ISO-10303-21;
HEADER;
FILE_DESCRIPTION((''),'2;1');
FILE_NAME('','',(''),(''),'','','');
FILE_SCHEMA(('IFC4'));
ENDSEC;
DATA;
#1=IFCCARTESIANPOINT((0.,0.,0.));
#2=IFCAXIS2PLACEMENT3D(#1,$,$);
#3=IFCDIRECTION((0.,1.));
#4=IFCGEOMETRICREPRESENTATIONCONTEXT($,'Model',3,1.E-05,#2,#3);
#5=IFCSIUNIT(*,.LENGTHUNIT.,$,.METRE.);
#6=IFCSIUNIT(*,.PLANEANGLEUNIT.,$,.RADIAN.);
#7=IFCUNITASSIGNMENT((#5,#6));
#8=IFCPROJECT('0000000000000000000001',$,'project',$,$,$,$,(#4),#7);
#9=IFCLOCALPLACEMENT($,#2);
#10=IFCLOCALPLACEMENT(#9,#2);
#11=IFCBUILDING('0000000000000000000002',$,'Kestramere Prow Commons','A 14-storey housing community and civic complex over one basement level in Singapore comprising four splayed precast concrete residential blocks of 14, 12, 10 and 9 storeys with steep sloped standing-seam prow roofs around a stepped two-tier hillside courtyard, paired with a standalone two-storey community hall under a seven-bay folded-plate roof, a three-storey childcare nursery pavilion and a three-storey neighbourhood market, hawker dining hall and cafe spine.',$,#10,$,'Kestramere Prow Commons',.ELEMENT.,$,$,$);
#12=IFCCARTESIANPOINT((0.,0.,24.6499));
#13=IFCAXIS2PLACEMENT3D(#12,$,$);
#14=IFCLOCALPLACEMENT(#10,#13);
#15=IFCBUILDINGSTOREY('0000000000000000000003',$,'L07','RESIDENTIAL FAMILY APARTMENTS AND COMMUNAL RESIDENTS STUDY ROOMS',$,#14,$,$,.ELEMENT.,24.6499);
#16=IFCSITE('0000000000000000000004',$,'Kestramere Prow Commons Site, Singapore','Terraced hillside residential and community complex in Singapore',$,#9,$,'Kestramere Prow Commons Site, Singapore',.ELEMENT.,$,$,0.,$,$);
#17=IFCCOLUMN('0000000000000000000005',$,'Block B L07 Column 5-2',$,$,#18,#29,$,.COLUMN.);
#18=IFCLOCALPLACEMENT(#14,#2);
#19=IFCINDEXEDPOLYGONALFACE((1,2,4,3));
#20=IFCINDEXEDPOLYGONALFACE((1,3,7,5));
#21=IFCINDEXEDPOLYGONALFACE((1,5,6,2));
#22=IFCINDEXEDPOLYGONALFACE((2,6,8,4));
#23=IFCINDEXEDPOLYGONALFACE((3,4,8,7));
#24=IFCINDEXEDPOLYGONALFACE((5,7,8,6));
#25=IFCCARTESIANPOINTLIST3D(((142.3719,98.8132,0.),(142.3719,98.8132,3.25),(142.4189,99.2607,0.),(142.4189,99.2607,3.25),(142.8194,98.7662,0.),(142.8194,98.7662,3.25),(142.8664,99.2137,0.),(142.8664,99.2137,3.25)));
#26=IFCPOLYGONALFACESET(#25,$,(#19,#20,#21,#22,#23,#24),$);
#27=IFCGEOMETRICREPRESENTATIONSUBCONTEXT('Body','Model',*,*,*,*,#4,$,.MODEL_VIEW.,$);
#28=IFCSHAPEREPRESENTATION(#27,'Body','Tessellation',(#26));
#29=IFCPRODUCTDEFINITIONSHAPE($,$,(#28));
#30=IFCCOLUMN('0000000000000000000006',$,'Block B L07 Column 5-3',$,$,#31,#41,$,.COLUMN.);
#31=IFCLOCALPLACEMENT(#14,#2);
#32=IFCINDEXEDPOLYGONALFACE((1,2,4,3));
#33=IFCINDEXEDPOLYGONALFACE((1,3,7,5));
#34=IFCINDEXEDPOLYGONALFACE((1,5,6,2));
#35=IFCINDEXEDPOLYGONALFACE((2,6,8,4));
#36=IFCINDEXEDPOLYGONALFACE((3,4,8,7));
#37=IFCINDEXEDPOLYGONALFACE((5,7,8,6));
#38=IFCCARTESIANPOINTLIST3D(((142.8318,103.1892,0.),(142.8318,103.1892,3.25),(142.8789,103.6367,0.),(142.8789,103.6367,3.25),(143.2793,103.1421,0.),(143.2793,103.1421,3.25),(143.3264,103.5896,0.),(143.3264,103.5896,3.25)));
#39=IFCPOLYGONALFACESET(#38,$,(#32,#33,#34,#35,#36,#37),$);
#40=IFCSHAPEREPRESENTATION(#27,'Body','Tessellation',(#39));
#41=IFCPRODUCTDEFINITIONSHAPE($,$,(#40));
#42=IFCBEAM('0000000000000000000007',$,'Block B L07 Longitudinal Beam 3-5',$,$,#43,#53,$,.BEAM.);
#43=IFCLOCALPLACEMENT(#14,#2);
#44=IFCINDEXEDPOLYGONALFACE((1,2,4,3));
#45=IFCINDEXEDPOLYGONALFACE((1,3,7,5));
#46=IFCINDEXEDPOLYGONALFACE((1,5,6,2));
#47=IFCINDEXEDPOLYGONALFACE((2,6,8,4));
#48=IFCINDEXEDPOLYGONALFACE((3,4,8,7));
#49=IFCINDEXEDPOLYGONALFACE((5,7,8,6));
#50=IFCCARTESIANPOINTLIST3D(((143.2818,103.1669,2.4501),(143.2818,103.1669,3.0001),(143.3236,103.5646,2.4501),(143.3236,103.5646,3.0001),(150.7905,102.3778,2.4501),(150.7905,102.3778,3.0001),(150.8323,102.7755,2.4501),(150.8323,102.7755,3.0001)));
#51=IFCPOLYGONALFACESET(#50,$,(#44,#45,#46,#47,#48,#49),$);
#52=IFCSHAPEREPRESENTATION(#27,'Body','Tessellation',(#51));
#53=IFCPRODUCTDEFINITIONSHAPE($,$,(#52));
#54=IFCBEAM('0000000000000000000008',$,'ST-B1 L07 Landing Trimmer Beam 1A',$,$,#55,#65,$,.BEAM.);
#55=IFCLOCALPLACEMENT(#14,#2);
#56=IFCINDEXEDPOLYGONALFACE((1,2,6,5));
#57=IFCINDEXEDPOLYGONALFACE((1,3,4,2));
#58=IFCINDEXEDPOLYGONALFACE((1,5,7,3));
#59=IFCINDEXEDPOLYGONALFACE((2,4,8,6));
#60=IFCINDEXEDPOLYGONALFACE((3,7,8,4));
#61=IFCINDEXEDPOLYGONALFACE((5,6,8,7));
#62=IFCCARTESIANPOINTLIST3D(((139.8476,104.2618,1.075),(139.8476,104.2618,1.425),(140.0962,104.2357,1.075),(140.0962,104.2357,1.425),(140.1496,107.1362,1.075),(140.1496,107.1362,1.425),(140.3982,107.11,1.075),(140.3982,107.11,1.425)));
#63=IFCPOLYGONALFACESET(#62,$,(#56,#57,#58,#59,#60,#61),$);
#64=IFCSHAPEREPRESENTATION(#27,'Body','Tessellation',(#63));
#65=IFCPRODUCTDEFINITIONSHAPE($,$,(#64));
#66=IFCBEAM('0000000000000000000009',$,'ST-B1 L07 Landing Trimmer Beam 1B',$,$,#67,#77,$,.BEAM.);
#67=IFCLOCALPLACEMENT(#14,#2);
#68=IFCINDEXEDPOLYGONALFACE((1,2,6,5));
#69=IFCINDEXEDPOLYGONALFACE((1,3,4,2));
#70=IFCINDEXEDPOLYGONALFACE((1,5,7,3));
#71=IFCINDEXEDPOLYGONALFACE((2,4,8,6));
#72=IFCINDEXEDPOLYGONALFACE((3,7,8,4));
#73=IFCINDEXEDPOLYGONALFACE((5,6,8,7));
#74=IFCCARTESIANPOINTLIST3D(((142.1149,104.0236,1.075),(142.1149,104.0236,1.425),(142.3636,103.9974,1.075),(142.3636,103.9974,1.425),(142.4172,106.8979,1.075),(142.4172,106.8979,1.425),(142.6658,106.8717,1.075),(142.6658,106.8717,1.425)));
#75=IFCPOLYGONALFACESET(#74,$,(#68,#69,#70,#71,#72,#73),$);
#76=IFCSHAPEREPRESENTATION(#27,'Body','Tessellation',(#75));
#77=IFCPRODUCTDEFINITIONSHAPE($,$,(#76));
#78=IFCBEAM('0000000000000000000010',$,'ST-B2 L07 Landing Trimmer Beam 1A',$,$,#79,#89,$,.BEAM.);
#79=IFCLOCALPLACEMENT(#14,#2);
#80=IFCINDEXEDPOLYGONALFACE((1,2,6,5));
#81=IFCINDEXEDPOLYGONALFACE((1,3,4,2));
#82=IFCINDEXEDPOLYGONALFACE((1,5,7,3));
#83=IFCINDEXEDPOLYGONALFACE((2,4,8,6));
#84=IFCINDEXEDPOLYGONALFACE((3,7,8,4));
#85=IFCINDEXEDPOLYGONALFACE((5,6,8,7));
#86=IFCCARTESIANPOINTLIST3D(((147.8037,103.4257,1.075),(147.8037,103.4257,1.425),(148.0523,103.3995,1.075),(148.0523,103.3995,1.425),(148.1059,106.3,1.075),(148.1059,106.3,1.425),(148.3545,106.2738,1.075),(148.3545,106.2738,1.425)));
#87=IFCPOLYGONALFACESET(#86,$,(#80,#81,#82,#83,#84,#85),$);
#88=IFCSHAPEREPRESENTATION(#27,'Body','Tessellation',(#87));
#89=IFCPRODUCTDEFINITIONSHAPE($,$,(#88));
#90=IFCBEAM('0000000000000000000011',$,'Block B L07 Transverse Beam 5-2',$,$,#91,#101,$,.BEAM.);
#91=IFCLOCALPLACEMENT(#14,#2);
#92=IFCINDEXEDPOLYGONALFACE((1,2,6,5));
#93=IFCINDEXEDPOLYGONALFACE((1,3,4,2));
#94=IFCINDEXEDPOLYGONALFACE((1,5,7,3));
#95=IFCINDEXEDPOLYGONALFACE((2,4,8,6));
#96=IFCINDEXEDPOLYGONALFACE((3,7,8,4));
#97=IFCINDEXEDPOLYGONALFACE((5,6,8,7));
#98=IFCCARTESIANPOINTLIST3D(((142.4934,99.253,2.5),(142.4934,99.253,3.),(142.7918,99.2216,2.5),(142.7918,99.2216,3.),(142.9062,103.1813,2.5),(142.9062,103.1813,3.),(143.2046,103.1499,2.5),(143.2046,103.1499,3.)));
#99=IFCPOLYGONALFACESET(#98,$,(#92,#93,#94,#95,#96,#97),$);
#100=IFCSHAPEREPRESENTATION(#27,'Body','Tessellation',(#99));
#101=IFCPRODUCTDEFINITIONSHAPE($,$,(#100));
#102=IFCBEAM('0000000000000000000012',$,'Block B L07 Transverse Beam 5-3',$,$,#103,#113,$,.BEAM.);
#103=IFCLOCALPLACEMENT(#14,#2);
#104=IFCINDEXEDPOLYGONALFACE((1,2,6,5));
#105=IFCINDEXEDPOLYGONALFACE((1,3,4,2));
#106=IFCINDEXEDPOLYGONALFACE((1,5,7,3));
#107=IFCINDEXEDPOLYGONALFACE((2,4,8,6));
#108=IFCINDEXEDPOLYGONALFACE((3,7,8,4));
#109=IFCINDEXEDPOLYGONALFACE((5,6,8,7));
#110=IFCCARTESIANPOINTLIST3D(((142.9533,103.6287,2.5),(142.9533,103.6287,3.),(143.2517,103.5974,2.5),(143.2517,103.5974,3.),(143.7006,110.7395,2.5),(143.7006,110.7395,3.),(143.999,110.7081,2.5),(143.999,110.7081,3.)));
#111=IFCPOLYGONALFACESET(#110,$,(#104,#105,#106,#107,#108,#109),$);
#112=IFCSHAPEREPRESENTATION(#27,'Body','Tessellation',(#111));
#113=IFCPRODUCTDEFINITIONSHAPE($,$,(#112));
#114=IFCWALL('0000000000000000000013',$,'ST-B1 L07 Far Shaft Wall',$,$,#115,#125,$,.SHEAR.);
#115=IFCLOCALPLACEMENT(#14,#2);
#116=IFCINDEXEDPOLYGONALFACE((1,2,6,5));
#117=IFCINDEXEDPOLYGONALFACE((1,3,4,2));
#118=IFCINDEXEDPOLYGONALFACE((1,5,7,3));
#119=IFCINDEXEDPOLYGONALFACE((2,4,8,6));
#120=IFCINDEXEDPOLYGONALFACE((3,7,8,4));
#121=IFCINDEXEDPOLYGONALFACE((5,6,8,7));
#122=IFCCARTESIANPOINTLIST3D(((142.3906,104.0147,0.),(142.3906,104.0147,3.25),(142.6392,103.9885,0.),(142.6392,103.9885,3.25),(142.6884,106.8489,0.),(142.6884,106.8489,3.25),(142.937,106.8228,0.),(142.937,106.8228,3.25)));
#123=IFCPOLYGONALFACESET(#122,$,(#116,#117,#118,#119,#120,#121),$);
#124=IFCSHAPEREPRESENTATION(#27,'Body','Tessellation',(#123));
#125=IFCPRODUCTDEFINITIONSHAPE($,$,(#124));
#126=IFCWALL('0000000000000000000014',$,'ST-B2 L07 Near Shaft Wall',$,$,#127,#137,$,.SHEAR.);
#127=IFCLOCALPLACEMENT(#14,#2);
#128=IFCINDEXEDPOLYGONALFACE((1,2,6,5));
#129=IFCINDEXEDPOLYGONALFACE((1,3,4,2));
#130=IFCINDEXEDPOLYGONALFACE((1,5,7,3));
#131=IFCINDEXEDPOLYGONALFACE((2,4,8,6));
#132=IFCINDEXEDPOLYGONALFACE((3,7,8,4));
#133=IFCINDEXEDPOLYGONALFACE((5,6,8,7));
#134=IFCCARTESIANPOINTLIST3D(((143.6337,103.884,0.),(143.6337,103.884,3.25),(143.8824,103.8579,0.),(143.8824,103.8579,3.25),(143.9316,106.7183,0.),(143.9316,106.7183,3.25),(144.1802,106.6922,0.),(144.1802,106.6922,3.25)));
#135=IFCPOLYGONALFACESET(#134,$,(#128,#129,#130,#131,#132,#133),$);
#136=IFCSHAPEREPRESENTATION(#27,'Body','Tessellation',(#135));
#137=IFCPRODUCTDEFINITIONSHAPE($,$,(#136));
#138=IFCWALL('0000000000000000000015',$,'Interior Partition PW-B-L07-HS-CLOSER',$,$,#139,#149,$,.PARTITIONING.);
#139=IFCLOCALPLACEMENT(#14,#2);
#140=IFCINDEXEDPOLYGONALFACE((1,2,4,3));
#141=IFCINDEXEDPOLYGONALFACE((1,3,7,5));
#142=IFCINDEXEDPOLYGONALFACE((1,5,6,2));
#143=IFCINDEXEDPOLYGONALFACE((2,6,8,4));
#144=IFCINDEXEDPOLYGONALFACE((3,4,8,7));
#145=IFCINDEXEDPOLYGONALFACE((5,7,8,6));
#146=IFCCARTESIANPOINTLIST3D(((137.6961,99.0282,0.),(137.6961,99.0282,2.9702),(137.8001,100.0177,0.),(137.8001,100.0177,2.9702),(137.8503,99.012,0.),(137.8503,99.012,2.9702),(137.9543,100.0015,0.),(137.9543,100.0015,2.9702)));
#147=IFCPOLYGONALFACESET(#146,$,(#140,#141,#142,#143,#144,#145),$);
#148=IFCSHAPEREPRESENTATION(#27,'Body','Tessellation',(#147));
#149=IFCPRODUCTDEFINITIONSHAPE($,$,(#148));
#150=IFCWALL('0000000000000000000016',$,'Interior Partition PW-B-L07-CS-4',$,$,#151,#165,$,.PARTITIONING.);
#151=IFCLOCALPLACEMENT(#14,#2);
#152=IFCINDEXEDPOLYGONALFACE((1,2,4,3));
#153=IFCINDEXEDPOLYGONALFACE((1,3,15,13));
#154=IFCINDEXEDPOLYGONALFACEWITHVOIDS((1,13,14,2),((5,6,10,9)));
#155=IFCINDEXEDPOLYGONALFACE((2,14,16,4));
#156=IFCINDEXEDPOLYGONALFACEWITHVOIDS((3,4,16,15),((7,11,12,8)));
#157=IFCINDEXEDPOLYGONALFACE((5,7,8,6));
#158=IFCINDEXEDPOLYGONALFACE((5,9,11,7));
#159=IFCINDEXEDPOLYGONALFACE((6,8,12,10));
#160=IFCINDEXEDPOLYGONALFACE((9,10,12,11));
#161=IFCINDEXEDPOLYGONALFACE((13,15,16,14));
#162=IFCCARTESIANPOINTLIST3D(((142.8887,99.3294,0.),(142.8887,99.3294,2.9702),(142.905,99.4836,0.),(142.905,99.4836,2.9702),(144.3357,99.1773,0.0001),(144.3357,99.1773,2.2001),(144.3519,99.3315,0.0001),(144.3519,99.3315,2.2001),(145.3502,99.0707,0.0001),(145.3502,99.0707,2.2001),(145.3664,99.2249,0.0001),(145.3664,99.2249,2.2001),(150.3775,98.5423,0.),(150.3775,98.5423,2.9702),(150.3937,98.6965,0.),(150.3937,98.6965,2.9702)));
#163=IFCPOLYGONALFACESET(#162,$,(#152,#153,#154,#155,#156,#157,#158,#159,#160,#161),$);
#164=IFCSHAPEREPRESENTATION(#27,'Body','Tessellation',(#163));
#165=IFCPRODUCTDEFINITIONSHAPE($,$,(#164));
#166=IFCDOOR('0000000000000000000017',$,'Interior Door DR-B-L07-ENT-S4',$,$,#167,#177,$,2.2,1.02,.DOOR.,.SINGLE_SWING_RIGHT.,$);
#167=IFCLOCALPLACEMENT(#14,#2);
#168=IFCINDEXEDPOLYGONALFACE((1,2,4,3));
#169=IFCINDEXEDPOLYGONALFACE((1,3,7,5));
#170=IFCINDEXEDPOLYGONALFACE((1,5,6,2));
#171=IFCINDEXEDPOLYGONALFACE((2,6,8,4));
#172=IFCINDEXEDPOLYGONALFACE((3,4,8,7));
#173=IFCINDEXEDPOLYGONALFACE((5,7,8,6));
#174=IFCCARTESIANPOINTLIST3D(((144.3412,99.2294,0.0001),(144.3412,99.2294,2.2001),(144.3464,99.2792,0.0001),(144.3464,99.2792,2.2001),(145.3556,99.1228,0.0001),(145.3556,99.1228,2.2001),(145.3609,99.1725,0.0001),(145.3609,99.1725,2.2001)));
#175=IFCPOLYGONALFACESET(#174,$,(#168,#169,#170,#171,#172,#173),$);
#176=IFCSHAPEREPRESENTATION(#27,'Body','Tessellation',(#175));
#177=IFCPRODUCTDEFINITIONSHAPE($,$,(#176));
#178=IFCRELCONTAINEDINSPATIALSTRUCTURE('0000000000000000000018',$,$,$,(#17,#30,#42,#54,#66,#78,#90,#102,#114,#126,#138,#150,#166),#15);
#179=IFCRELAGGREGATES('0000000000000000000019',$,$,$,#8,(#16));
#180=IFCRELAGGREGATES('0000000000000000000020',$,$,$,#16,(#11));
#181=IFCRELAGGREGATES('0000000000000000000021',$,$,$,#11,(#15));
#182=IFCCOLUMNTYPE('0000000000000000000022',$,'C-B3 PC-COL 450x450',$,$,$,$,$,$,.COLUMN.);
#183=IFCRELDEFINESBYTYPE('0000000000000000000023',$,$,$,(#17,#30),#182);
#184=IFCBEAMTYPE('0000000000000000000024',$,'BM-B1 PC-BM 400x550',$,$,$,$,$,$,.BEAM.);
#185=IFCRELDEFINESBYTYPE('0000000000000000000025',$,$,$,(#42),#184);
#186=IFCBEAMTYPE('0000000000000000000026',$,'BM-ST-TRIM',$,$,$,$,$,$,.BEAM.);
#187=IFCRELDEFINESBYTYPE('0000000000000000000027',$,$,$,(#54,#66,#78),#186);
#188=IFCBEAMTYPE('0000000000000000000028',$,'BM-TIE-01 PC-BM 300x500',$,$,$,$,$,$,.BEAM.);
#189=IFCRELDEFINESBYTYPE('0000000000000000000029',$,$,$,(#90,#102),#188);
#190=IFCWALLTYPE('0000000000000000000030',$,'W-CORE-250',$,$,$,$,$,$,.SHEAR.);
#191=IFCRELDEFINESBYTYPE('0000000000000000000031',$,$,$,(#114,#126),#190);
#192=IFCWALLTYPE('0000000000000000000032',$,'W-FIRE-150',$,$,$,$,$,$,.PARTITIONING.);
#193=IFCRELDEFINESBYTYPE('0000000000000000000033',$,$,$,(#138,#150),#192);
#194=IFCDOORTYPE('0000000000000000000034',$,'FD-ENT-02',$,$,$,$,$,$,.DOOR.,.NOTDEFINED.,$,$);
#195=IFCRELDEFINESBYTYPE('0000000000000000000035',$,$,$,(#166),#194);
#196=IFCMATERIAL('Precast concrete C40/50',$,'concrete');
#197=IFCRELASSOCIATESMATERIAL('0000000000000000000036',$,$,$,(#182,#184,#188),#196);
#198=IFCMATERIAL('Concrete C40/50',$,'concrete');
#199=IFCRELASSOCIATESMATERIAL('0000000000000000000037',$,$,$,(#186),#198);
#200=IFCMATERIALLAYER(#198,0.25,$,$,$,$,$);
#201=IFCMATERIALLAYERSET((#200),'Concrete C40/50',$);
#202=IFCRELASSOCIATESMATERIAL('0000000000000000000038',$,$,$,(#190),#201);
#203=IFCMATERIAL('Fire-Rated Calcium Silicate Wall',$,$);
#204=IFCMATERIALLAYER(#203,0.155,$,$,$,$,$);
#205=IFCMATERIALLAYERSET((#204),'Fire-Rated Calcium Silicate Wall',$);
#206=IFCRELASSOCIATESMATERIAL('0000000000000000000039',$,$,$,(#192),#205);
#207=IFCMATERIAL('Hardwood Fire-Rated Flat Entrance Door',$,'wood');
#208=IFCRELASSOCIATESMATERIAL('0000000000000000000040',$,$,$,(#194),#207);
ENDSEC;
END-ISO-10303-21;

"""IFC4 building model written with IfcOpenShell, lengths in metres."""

from ifc_helpers import new_model, si_unit, direction, frame, frame_2d, origin, origin_2d, place, context, subcontext, project, spatial, rectangle, extrude, material, layer, layer_set, material_profile, profile_set, type_object, element, fill, save


model = new_model("IFC4")

# Units and contexts
model_context = context("Model", 3, precision=1e-05, world=origin(), true_north=direction((0.0, 1.0)))
body_context = subcontext(model_context, "Body", "Model", "MODEL_VIEW")
ifc_project = project(units=[si_unit("LENGTHUNIT", "METRE"), si_unit("PLANEANGLEUNIT", "RADIAN")], contexts=[model_context])

# Site, building, storey
site_placement = place(None, origin())
site = spatial("IfcSite", under=ifc_project, at=site_placement, Name="Kestramere Prow Commons Site, Singapore", Description="Terraced hillside residential and community complex in Singapore", LongName="Kestramere Prow Commons Site, Singapore", CompositionType="ELEMENT", RefElevation=0.0)
building_placement = place(site_placement, origin())
building = spatial("IfcBuilding", under=site, at=building_placement, Name="Kestramere Prow Commons", Description="A 14-storey housing community and civic complex over one basement level in Singapore comprising four splayed precast concrete residential blocks of 14, 12, 10 and 9 storeys with steep sloped standing-seam prow roofs around a stepped two-tier hillside courtyard, paired with a standalone two-storey community hall under a seven-bay folded-plate roof, a three-storey childcare nursery pavilion and a three-storey neighbourhood market, hawker dining hall and cafe spine.", LongName="Kestramere Prow Commons", CompositionType="ELEMENT")
storey_placement = place(building_placement, frame((0.0, 0.0, 24.6499)))
storey = spatial("IfcBuildingStorey", under=building, at=storey_placement, Name="L07", Description="RESIDENTIAL FAMILY APARTMENTS AND COMMUNAL RESIDENTS STUDY ROOMS", CompositionType="ELEMENT", Elevation=24.6499)

# Columns
ifc_material_1 = material(Name="Precast concrete C40/50", Category="concrete")
ifc_material_profile_1 = material_profile(ifc_material_1, rectangle(XDim=0.45, YDim=0.45, at=origin_2d()), Name="PC-COL 450x450")
ifc_profile_set_1 = profile_set([ifc_material_profile_1], Name="Precast concrete C40/50")
column_type = type_object("IfcColumnType", Name="C-B3 PC-COL 450x450", PredefinedType="COLUMN", material=ifc_profile_set_1)
for number, where, z_axis, x_axis, name in (
    (1, (142.6191, 99.0134, 0.0), (0.0, 0.0, 1.0), (0.994522, -0.104528, 0.0), "Block B L07 Column 5-2"),
    (2, (143.0791, 103.3894, 0.0), (0.0, 0.0, 1.0), (0.994522, -0.104528, 0.0), "Block B L07 Column 5-3"),
):
    element("IfcColumn", number, at=place(storey_placement, frame(where, z_axis=z_axis, x_axis=x_axis)), inside=storey, type_object=column_type, Name=name, PredefinedType="COLUMN", context=body_context, shape_type="SweptSolid", body=[
        extrude(rectangle(XDim=0.45, YDim=0.45, at=origin_2d()), origin(), (0.0, 0.0, 1.0), 3.25),
    ])

# Beams
ifc_material_profile_2 = material_profile(ifc_material_1, rectangle(XDim=0.3999, YDim=0.55, at=origin_2d()), Name="PC-BM 400x550")
ifc_profile_set_2 = profile_set([ifc_material_profile_2], Name="Precast concrete C40/50")
beam_type_1 = type_object("IfcBeamType", Name="BM-B1 PC-BM 400x550", PredefinedType="BEAM", material=ifc_profile_set_2)
beam_1_placement = place(storey_placement, frame((143.3027, 103.3657, 2.7251), z_axis=(0.994524, -0.10451, 0.0), x_axis=(0.10451, 0.994524, 0.0)))
element("IfcBeam", 3, at=beam_1_placement, inside=storey, type_object=beam_type_1, Name="Block B L07 Longitudinal Beam 3-5", PredefinedType="BEAM", context=body_context, shape_type="SweptSolid", body=[
    extrude(rectangle(XDim=0.3999, YDim=0.55, at=origin_2d()), origin(), (0.0, 0.0, 1.0), 7.55),
])
ifc_material_2 = material(Name="Concrete C40/50", Category="concrete")
ifc_material_profile_3 = material_profile(ifc_material_2, rectangle(XDim=0.25, YDim=0.3501, at=origin_2d()), Name="PC-BM 250x350")
ifc_profile_set_3 = profile_set([ifc_material_profile_3], Name="Concrete C40/50")
beam_type_2 = type_object("IfcBeamType", Name="BM-ST-TRIM", PredefinedType="BEAM", material=ifc_profile_set_3)
for number, where, z_axis, x_axis, name in (
    (4, (139.9719, 104.2488, 1.25), (0.104496, 0.994525, 0.0), (-0.994525, 0.104496, 0.0), "ST-B1 L07 Landing Trimmer Beam 1A"),
    (5, (142.2393, 104.0105, 1.25), (0.104579, 0.994517, 0.0), (-0.994517, 0.104579, 0.0), "ST-B1 L07 Landing Trimmer Beam 1B"),
    (6, (147.928, 103.4126, 1.25), (0.104579, 0.994517, 0.0), (-0.994517, 0.104579, 0.0), "ST-B2 L07 Landing Trimmer Beam 1A"),
):
    element("IfcBeam", number, at=place(storey_placement, frame(where, z_axis=z_axis, x_axis=x_axis)), inside=storey, type_object=beam_type_2, Name=name, PredefinedType="BEAM", context=body_context, shape_type="SweptSolid", body=[
        extrude(rectangle(XDim=0.25, YDim=0.3501, at=origin_2d()), origin(), (0.0, 0.0, 1.0), 2.8901),
    ])
ifc_material_profile_4 = material_profile(ifc_material_1, rectangle(XDim=0.3, YDim=0.5, at=origin_2d()), Name="PC-BM 300x500")
ifc_profile_set_4 = profile_set([ifc_material_profile_4], Name="Precast concrete C40/50")
beam_type_3 = type_object("IfcBeamType", Name="BM-TIE-01 PC-BM 300x500", PredefinedType="BEAM", material=ifc_profile_set_4)
beam_2_placement = place(storey_placement, frame((142.6426, 99.2373, 2.75), z_axis=(0.104521, 0.994523, 0.0), x_axis=(-0.994523, 0.104521, 0.0)))
element("IfcBeam", 7, at=beam_2_placement, inside=storey, type_object=beam_type_3, Name="Block B L07 Transverse Beam 5-2", PredefinedType="BEAM", context=body_context, shape_type="SweptSolid", body=[
    extrude(rectangle(XDim=0.3, YDim=0.5, at=origin_2d()), origin(), (0.0, 0.0, 1.0), 3.95),
])
beam_3_placement = place(storey_placement, frame((143.1025, 103.613, 2.75), z_axis=(0.104519, 0.994523, 0.0), x_axis=(-0.994523, 0.104519, 0.0)))
element("IfcBeam", 8, at=beam_3_placement, inside=storey, type_object=beam_type_3, Name="Block B L07 Transverse Beam 5-3", PredefinedType="BEAM", context=body_context, shape_type="SweptSolid", body=[
    extrude(rectangle(XDim=0.3, YDim=0.5, at=origin_2d()), origin(), (0.0, 0.0, 1.0), 7.1499),
])

# Wall
ifc_layer_1 = layer(ifc_material_2, 0.25)
ifc_layer_set_1 = layer_set([ifc_layer_1], Name="Concrete C40/50")
wall_type_1 = type_object("IfcWallType", Name="W-CORE-250", PredefinedType="SHEAR", material=ifc_layer_set_1)
wall_1_placement = place(storey_placement, frame((142.5149, 104.0017, 0.0), z_axis=(0.0, 0.0, 1.0), x_axis=(0.104515, 0.994523, 0.0)))
element("IfcWall", 9, at=wall_1_placement, inside=storey, type_object=wall_type_1, Name="ST-B1 L07 Far Shaft Wall", PredefinedType="SHEAR", context=body_context, shape_type="SweptSolid", body=[
    extrude(rectangle(XDim=2.8499, YDim=0.25, at=frame_2d((1.4248, 0.0))), origin(), (0.0, 0.0, 1.0), 3.25),
])

# Walls
wall_2_placement = place(storey_placement, frame((143.7581, 103.8711, 0.0), z_axis=(0.0, 0.0, 1.0), x_axis=(0.104515, 0.994523, 0.0)))
element("IfcWall", 10, at=wall_2_placement, inside=storey, type_object=wall_type_1, Name="ST-B2 L07 Near Shaft Wall", PredefinedType="SHEAR", context=body_context, shape_type="SweptSolid", body=[
    extrude(rectangle(XDim=2.8499, YDim=0.25, at=frame_2d((1.4248, 0.0))), origin(), (0.0, 0.0, 1.0), 3.25),
])
ifc_material_3 = material(Name="Fire-Rated Calcium Silicate Wall")
ifc_layer_2 = layer(ifc_material_3, 0.155)
ifc_layer_set_2 = layer_set([ifc_layer_2], Name="Fire-Rated Calcium Silicate Wall")
wall_type_2 = type_object("IfcWallType", Name="W-FIRE-150", PredefinedType="PARTITIONING", material=ifc_layer_set_2)
wall_3_placement = place(storey_placement, frame((137.7732, 99.02, 0.0), z_axis=(0.0, 0.0, 1.0), x_axis=(0.104532, 0.994522, 0.0)))
element("IfcWall", 11, at=wall_3_placement, inside=storey, type_object=wall_type_2, Name="Interior Partition PW-B-L07-HS-CLOSER", PredefinedType="PARTITIONING", context=body_context, shape_type="SweptSolid", body=[
    extrude(rectangle(XDim=0.9949, YDim=0.155, at=frame_2d((0.4976, 0.0))), origin(), (0.0, 0.0, 1.0), 2.9702),
])

# Wall, opening, door
ifc_material_4 = material(Name="Hardwood Fire-Rated Flat Entrance Door", Category="wood")
wall_4_placement = place(storey_placement, frame((142.8967, 99.4065, 0.0), z_axis=(0.0, 0.0, 1.0), x_axis=(0.994522, -0.10453, 0.0)))
wall_4 = element("IfcWall", 12, at=wall_4_placement, inside=storey, type_object=wall_type_2, Name="Interior Partition PW-B-L07-CS-4", PredefinedType="PARTITIONING", context=body_context, shape_type="SweptSolid", body=[
    extrude(rectangle(XDim=7.53, YDim=0.155, at=frame_2d((3.7651, 0.0))), origin(), (0.0, 0.0, 1.0), 2.9702),
])
opening_1_placement = place(wall_4_placement, frame((1.4551, 0.0, 0.0)))
opening_1 = element("IfcOpeningElement", 13, at=opening_1_placement, cuts=wall_4, PredefinedType="OPENING", context=body_context, shape_type="SweptSolid", body=[
    extrude(rectangle(XDim=1.02, YDim=2.2, at=frame_2d((0.51, 1.1001))), frame((0.0, 0.0925, 0.0), z_axis=(0.0, -1.0, 0.0), x_axis=(1.0, 0.0, 0.0)), (0.0, 0.0, 1.0), 0.1851),
])
door_type_1 = type_object("IfcDoorType", Name="FD-ENT-02", OperationType="NOTDEFINED", PredefinedType="DOOR", material=ifc_material_4)
door_1_placement = place(opening_1_placement, origin())
door_1 = element("IfcDoor", 14, at=door_1_placement, inside=storey, type_object=door_type_1, Name="Interior Door DR-B-L07-ENT-S4", OperationType="SINGLE_SWING_RIGHT", OverallHeight=2.2, OverallWidth=1.02, PredefinedType="DOOR", context=body_context, shape_type="SweptSolid", body=[
    extrude(rectangle(XDim=1.02, YDim=2.2, at=frame_2d((0.51, 1.1001))), frame((0.0, 0.0249, 0.0), z_axis=(0.0, -1.0, 0.0), x_axis=(1.0, 0.0, 0.0)), (0.0, 0.0, 1.0), 0.05),
])
fill(opening_1, door_1)

save(model, "model.ifc")
